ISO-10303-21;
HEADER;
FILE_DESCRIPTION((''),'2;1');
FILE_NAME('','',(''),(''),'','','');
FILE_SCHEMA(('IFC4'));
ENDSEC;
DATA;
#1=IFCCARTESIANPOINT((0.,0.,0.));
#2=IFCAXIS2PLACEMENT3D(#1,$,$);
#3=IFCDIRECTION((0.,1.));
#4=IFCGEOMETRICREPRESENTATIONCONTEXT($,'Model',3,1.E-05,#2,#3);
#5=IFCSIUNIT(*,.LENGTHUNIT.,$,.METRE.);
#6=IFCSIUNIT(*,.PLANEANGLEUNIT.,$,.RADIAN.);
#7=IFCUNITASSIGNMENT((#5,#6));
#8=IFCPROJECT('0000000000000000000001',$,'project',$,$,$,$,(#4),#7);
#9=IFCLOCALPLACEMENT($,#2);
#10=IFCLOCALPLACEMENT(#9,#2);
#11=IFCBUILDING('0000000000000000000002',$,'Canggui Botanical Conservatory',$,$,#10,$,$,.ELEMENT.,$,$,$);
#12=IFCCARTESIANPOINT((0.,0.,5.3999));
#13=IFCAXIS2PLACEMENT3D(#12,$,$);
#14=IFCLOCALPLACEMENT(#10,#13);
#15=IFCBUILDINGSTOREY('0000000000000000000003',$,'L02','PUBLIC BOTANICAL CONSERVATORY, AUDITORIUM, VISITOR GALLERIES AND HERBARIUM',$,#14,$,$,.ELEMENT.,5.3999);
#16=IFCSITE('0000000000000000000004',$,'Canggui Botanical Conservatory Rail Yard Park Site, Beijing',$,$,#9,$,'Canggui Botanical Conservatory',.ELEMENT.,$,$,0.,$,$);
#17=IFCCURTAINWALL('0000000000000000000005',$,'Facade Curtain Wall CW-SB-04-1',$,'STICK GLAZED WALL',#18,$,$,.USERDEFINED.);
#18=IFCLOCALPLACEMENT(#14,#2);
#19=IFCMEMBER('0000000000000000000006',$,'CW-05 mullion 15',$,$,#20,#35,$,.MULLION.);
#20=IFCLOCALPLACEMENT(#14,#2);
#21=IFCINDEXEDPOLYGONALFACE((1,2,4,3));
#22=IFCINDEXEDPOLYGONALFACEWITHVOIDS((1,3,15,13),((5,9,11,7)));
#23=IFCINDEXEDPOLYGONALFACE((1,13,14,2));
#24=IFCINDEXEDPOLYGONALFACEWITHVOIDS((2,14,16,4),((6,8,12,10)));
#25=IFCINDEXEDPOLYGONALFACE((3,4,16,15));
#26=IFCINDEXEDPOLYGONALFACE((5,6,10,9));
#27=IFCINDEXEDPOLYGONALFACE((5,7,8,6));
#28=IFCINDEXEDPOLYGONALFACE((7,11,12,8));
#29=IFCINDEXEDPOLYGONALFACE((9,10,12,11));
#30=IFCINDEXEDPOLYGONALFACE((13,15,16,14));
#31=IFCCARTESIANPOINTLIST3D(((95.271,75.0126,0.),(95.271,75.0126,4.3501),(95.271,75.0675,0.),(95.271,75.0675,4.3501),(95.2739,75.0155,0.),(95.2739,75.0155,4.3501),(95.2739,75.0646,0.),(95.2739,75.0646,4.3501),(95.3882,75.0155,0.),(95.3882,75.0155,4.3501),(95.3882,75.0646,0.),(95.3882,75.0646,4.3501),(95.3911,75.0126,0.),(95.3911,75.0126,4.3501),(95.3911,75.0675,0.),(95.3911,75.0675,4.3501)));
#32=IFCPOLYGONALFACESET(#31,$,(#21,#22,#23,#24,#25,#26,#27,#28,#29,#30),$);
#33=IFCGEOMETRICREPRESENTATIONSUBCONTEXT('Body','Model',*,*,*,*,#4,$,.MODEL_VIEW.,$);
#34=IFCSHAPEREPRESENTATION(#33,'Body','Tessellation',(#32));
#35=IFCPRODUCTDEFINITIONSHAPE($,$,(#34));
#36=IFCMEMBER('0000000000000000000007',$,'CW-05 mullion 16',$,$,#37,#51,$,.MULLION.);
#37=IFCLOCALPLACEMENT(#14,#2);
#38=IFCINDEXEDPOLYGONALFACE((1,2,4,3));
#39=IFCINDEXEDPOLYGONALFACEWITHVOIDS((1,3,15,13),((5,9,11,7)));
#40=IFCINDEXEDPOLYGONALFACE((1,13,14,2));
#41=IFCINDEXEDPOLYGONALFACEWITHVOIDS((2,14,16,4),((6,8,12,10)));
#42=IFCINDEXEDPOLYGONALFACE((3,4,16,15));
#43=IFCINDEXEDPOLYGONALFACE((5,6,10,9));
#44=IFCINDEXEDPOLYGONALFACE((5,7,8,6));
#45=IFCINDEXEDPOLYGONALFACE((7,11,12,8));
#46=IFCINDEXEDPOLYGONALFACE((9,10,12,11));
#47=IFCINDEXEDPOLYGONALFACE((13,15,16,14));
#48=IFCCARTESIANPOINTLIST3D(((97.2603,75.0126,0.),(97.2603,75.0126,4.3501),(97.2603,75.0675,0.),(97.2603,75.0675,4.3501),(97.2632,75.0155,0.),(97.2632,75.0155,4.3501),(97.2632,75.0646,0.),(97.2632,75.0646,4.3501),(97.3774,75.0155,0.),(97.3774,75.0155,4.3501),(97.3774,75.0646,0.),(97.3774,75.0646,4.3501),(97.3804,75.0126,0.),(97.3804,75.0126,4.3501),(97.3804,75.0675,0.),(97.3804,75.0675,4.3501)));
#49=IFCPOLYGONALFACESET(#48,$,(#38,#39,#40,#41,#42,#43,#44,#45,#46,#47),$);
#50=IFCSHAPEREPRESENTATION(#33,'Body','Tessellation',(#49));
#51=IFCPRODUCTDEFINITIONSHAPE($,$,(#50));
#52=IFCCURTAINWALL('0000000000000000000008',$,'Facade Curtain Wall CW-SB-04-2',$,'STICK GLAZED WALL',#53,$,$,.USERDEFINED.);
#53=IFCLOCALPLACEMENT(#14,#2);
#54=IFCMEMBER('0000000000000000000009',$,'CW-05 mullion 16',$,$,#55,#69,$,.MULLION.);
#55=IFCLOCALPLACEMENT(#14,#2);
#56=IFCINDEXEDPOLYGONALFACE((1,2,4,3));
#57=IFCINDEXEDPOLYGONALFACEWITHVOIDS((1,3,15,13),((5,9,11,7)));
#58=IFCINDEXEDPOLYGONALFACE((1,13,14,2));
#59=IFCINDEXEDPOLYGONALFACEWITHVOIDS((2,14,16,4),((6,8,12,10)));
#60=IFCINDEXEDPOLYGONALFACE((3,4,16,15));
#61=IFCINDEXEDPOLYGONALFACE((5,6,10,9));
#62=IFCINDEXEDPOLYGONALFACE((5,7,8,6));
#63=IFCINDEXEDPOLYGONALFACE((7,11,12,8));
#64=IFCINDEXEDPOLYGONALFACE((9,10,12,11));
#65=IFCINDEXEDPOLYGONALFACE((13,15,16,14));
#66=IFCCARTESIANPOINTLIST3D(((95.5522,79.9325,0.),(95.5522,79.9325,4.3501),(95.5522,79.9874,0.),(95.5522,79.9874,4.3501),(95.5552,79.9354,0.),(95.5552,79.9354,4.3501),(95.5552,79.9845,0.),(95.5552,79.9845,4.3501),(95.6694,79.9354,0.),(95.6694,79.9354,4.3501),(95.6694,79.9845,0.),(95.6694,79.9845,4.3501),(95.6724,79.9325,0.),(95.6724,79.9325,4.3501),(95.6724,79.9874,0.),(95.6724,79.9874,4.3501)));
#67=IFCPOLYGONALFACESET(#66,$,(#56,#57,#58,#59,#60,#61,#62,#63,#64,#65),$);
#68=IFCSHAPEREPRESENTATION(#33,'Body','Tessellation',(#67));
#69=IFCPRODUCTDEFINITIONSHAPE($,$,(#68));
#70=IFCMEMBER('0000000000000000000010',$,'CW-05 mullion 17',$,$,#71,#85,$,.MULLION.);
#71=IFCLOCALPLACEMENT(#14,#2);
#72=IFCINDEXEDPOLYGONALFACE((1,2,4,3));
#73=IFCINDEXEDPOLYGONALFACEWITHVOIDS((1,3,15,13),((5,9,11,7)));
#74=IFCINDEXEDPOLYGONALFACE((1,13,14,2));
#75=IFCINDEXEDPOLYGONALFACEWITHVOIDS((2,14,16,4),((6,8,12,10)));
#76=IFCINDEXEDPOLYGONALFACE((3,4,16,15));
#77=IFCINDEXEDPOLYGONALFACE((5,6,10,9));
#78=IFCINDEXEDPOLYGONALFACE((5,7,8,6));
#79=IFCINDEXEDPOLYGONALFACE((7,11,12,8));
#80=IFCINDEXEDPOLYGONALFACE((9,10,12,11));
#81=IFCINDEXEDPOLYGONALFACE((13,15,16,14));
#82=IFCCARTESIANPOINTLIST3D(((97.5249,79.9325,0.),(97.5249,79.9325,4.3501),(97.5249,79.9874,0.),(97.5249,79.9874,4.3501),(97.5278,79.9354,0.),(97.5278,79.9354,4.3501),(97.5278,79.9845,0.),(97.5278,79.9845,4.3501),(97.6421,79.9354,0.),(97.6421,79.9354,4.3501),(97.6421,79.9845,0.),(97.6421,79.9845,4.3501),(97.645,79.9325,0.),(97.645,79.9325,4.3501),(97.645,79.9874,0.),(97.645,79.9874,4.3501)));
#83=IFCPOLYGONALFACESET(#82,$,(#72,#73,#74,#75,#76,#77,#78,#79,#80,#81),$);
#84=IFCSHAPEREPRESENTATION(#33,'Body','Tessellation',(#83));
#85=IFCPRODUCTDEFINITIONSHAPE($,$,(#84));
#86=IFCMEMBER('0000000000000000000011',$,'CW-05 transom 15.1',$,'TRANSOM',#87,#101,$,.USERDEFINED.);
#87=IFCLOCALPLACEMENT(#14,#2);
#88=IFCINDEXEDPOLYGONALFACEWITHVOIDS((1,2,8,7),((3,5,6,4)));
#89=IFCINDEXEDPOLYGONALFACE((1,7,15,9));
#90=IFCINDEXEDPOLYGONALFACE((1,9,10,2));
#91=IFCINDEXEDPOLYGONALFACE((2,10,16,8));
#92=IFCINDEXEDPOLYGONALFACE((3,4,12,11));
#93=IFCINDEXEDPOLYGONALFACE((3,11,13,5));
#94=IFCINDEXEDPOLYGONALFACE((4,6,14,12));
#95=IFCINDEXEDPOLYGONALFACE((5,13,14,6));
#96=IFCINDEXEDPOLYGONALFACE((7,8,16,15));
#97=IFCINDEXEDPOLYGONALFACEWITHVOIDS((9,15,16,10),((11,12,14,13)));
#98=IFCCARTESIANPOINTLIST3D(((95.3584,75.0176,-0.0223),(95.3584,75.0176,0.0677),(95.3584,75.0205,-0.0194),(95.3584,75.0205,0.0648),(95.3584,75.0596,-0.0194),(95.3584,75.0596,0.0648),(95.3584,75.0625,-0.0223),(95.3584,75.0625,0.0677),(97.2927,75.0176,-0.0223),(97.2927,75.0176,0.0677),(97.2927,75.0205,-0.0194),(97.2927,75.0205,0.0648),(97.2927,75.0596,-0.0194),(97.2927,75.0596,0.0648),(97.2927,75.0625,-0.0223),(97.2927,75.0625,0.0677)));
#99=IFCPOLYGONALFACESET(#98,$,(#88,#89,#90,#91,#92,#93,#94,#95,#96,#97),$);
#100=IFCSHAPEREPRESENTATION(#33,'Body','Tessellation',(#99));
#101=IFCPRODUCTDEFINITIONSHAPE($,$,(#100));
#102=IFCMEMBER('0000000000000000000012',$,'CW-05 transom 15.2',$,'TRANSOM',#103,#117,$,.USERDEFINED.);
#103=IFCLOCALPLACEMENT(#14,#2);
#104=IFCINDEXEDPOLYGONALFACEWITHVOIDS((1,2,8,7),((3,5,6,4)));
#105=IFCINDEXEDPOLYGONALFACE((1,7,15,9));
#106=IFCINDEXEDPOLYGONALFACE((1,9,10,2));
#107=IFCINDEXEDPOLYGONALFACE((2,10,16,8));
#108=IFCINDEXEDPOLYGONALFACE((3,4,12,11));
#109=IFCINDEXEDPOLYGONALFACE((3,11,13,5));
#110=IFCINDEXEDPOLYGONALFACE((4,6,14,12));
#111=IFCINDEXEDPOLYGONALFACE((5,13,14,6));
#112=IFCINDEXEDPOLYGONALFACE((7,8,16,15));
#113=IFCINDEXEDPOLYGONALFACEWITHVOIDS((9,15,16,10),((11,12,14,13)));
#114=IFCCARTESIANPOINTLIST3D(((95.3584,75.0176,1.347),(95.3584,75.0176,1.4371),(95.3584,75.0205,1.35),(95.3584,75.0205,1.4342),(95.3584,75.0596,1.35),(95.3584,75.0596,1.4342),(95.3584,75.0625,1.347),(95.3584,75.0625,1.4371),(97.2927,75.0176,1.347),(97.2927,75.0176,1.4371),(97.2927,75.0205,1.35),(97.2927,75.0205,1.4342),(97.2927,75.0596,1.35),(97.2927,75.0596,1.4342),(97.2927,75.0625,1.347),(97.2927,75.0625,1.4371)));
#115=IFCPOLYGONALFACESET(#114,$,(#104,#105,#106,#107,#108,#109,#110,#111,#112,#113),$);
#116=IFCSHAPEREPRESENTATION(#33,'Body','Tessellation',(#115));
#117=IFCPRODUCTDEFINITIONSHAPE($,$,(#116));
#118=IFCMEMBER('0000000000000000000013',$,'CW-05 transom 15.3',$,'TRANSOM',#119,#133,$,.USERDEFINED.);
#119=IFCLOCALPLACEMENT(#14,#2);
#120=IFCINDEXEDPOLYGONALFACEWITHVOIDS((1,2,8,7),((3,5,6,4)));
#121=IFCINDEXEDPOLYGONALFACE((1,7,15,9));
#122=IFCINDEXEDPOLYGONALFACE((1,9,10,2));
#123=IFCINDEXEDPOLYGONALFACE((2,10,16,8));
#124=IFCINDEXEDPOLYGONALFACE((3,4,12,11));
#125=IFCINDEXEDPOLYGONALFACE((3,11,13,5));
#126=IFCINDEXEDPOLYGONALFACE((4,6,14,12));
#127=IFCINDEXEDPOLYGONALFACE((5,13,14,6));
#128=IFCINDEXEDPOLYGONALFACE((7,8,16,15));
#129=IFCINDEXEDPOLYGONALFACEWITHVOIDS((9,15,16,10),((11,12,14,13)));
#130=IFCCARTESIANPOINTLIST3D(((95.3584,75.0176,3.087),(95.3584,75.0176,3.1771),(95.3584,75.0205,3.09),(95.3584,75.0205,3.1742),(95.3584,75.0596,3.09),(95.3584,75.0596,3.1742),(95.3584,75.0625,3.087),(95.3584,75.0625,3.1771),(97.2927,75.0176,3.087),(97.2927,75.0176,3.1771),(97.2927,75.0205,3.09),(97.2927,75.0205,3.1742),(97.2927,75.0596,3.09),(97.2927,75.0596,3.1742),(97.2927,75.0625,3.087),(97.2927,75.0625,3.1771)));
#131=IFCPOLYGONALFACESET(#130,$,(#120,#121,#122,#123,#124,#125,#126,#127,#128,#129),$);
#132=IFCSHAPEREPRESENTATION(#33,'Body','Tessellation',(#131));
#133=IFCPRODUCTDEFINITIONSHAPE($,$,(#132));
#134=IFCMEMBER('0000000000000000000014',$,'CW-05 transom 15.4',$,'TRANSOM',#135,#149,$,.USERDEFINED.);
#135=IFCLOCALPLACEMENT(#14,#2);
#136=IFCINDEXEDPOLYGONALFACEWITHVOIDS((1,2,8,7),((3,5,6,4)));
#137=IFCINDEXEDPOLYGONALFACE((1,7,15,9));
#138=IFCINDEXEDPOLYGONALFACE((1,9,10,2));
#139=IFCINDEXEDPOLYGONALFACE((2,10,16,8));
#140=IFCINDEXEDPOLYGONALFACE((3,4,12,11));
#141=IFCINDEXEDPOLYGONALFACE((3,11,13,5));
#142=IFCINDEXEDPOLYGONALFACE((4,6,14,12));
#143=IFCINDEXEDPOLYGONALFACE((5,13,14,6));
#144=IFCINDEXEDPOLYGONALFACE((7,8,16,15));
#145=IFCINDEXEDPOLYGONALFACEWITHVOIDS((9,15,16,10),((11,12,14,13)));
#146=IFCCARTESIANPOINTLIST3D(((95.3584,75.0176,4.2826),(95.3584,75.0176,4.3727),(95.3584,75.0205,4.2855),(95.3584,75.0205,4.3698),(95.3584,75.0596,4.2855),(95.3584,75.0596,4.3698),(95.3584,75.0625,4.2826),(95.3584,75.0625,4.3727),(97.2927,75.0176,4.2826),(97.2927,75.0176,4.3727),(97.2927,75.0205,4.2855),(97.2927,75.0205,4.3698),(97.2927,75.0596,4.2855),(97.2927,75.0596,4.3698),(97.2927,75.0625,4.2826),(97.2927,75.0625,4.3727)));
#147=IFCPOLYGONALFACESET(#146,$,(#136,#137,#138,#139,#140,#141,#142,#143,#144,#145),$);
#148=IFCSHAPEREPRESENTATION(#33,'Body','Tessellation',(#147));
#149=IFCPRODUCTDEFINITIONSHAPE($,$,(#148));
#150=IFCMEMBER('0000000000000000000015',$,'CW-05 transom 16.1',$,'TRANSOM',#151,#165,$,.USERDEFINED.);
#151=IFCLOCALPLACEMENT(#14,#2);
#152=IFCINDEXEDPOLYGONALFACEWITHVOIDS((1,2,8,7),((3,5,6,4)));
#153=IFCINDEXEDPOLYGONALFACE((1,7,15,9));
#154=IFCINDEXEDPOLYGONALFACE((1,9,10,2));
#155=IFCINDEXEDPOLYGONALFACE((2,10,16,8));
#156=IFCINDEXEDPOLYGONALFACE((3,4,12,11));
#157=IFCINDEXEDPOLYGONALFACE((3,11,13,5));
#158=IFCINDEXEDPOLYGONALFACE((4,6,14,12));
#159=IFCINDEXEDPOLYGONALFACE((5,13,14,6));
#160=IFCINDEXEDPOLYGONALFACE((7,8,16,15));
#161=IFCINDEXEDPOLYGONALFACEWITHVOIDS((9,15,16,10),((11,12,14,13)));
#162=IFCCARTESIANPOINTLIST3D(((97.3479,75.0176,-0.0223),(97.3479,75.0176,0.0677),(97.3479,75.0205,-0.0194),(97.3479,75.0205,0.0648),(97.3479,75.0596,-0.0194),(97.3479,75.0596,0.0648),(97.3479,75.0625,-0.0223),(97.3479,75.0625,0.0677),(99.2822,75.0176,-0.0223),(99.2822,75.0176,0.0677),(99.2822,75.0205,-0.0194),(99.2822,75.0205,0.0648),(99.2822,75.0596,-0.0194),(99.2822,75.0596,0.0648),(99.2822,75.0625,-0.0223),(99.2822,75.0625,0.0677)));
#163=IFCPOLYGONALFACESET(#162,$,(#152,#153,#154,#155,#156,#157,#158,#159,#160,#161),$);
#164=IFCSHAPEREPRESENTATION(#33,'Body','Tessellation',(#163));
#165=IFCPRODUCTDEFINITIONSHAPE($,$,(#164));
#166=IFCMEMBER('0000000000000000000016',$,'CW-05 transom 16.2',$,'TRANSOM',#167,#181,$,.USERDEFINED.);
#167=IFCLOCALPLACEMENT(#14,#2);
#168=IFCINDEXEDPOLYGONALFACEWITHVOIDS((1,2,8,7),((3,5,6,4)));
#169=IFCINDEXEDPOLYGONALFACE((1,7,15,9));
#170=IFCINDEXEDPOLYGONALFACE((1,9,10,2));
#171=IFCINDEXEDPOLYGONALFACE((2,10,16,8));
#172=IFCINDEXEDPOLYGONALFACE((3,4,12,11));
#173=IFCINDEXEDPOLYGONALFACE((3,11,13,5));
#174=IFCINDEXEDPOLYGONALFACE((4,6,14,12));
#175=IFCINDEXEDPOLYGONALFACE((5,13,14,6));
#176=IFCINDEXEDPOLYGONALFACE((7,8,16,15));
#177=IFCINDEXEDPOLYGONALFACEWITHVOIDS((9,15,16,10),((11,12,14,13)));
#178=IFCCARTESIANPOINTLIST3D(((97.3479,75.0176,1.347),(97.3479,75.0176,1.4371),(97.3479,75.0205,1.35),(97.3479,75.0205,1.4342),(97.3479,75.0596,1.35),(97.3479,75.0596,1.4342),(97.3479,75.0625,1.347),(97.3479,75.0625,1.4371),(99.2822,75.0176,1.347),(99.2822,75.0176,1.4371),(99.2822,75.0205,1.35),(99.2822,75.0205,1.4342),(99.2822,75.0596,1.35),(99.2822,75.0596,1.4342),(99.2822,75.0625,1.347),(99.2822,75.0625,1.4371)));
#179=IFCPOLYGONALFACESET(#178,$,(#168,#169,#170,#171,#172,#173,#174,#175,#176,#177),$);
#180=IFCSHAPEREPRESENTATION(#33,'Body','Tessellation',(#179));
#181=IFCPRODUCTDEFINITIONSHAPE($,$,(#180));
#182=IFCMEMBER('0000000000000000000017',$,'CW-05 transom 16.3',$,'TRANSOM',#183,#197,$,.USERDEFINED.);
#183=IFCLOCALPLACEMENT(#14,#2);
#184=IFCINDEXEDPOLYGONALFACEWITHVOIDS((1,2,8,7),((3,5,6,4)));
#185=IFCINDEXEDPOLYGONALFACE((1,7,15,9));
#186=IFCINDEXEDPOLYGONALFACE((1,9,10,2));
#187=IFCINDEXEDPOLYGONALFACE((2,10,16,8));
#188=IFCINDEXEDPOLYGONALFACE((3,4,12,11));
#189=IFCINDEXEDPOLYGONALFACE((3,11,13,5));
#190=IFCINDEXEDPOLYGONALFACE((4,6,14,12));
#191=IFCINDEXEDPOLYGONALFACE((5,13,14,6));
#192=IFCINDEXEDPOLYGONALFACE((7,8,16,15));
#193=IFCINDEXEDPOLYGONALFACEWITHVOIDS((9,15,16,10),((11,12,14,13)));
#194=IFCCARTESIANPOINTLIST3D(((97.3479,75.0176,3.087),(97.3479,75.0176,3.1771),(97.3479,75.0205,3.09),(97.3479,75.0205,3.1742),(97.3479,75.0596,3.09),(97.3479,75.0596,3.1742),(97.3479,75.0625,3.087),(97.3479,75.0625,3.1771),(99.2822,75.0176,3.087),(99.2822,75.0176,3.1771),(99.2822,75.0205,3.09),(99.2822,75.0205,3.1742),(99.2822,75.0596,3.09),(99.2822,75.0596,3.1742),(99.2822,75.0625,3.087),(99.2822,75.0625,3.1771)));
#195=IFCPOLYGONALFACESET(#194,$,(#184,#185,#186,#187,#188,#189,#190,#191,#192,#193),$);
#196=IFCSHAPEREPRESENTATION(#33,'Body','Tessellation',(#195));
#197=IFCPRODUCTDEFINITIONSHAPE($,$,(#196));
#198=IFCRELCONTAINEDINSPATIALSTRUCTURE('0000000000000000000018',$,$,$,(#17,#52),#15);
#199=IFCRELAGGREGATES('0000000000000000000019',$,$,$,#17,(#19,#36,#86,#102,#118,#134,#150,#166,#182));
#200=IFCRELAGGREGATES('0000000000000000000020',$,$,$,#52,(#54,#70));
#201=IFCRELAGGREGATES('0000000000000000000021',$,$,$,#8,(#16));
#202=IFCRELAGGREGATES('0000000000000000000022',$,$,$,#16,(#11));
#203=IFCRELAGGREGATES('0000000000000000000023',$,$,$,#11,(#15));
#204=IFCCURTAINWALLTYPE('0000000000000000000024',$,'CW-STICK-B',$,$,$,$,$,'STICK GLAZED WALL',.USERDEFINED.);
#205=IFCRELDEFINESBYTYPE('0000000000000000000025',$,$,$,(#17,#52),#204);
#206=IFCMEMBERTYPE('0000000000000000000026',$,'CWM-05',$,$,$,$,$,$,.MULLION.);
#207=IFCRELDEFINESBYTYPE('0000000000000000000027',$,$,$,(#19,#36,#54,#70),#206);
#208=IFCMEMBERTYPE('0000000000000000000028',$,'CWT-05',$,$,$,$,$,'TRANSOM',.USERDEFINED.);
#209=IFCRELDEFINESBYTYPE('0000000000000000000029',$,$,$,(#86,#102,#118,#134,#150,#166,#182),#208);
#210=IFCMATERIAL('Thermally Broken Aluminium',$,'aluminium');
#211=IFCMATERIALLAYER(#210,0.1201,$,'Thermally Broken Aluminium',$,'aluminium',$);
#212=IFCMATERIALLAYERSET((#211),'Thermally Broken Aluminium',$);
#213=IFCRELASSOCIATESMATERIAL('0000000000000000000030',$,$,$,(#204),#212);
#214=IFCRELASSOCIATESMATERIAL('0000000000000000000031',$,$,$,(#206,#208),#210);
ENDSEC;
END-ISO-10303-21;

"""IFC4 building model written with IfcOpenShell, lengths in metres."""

from ifc_helpers import new_model, si_unit, direction, frame, origin, origin_2d, place, context, subcontext, project, spatial, hollow_rectangle, extrude, material, layer, layer_set, material_profile, profile_set, type_object, element, aggregate, save


model = new_model("IFC4")

# Units and contexts
model_context = context("Model", 3, precision=1e-05, world=origin(), true_north=direction((0.0, 1.0)))
body_context = subcontext(model_context, "Body", "Model", "MODEL_VIEW")
ifc_project = project(units=[si_unit("LENGTHUNIT", "METRE"), si_unit("PLANEANGLEUNIT", "RADIAN")], contexts=[model_context])

# Site, building, storey
site_placement = place(None, origin())
site = spatial("IfcSite", under=ifc_project, at=site_placement, Name="Canggui Botanical Conservatory Rail Yard Park Site, Beijing", LongName="Canggui Botanical Conservatory", CompositionType="ELEMENT", RefElevation=0.0)
building_placement = place(site_placement, origin())
building = spatial("IfcBuilding", under=site, at=building_placement, Name="Canggui Botanical Conservatory", CompositionType="ELEMENT")
storey_placement = place(building_placement, frame((0.0, 0.0, 5.3999)))
storey = spatial("IfcBuildingStorey", under=building, at=storey_placement, Name="L02", Description="PUBLIC BOTANICAL CONSERVATORY, AUDITORIUM, VISITOR GALLERIES AND HERBARIUM", CompositionType="ELEMENT", Elevation=5.3999)

# Curtain walls, members
ifc_material_1 = material(Name="Thermally Broken Aluminium", Category="aluminium")
ifc_layer_1 = layer(ifc_material_1, 0.1201, Name="Thermally Broken Aluminium", Category="aluminium")
ifc_layer_set_1 = layer_set([ifc_layer_1], Name="Thermally Broken Aluminium")
curtain_wall_type = type_object("IfcCurtainWallType", Name="CW-STICK-B", ElementType="STICK GLAZED WALL", PredefinedType="USERDEFINED", material=ifc_layer_set_1)
curtain_wall_1_placement = place(storey_placement, origin())
curtain_wall_1 = element("IfcCurtainWall", 1, at=curtain_wall_1_placement, inside=storey, type_object=curtain_wall_type, Name="Facade Curtain Wall CW-SB-04-1", ObjectType="STICK GLAZED WALL", PredefinedType="USERDEFINED")
ifc_material_profile_1 = material_profile(ifc_material_1, hollow_rectangle(XDim=0.0549, YDim=0.1201, WallThickness=0.0029, at=origin_2d()), Name="CWM 55x120x3")
ifc_profile_set_1 = profile_set([ifc_material_profile_1], Name="Thermally Broken Aluminium")
member_type_1 = type_object("IfcMemberType", Name="CWM-05", PredefinedType="MULLION", material=ifc_profile_set_1)
member_1_placement = place(storey_placement, frame((95.3311, 75.04, 0.0), z_axis=(0.0, 0.0, 1.0), x_axis=(0.0, 1.0, 0.0)))
member_1 = element("IfcMember", 2, at=member_1_placement, type_object=member_type_1, Name="CW-05 mullion 15", PredefinedType="MULLION", context=body_context, shape_type="SweptSolid", body=[
    extrude(hollow_rectangle(XDim=0.0549, YDim=0.1201, WallThickness=0.0029, at=origin_2d()), origin(), (0.0, 0.0, 1.0), 4.3501),
])
member_2_placement = place(storey_placement, frame((97.3203, 75.04, 0.0), z_axis=(0.0, 0.0, 1.0), x_axis=(0.0, 1.0, 0.0)))
member_2 = element("IfcMember", 3, at=member_2_placement, type_object=member_type_1, Name="CW-05 mullion 16", PredefinedType="MULLION", context=body_context, shape_type="SweptSolid", body=[
    extrude(hollow_rectangle(XDim=0.0549, YDim=0.1201, WallThickness=0.0029, at=origin_2d()), origin(), (0.0, 0.0, 1.0), 4.3501),
])
curtain_wall_2_placement = place(storey_placement, origin())
curtain_wall_2 = element("IfcCurtainWall", 4, at=curtain_wall_2_placement, inside=storey, type_object=curtain_wall_type, Name="Facade Curtain Wall CW-SB-04-2", ObjectType="STICK GLAZED WALL", PredefinedType="USERDEFINED")
member_3_placement = place(storey_placement, frame((95.6123, 79.96, 0.0), z_axis=(0.0, 0.0, 1.0), x_axis=(0.0, 1.0, 0.0)))
member_3 = element("IfcMember", 5, at=member_3_placement, type_object=member_type_1, Name="CW-05 mullion 16", PredefinedType="MULLION", context=body_context, shape_type="SweptSolid", body=[
    extrude(hollow_rectangle(XDim=0.0549, YDim=0.1201, WallThickness=0.0029, at=origin_2d()), origin(), (0.0, 0.0, 1.0), 4.3501),
])
member_4_placement = place(storey_placement, frame((97.585, 79.96, 0.0), z_axis=(0.0, 0.0, 1.0), x_axis=(0.0, 1.0, 0.0)))
member_4 = element("IfcMember", 6, at=member_4_placement, type_object=member_type_1, Name="CW-05 mullion 17", PredefinedType="MULLION", context=body_context, shape_type="SweptSolid", body=[
    extrude(hollow_rectangle(XDim=0.0549, YDim=0.1201, WallThickness=0.0029, at=origin_2d()), origin(), (0.0, 0.0, 1.0), 4.3501),
])

# Members
ifc_material_profile_2 = material_profile(ifc_material_1, hollow_rectangle(XDim=0.0449, YDim=0.0901, WallThickness=0.0029, at=origin_2d()), Name="CWT 45x90x3")
ifc_profile_set_2 = profile_set([ifc_material_profile_2], Name="Thermally Broken Aluminium")
member_type_2 = type_object("IfcMemberType", Name="CWT-05", ElementType="TRANSOM", PredefinedType="USERDEFINED", material=ifc_profile_set_2)
member_5_placement = place(storey_placement, frame((95.3584, 75.04, 0.0227), z_axis=(1.0, 0.0, 0.0), x_axis=(0.0, 1.0, 0.0)))
member_5 = element("IfcMember", 7, at=member_5_placement, type_object=member_type_2, Name="CW-05 transom 15.1", ObjectType="TRANSOM", PredefinedType="USERDEFINED", context=body_context, shape_type="SweptSolid", body=[
    extrude(hollow_rectangle(XDim=0.0449, YDim=0.0901, WallThickness=0.0029, at=origin_2d()), origin(), (0.0, 0.0, 1.0), 1.9343),
])
member_6_placement = place(storey_placement, frame((95.3584, 75.04, 1.3921), z_axis=(1.0, 0.0, 0.0), x_axis=(0.0, 1.0, 0.0)))
member_6 = element("IfcMember", 8, at=member_6_placement, type_object=member_type_2, Name="CW-05 transom 15.2", ObjectType="TRANSOM", PredefinedType="USERDEFINED", context=body_context, shape_type="SweptSolid", body=[
    extrude(hollow_rectangle(XDim=0.0449, YDim=0.0901, WallThickness=0.0029, at=origin_2d()), origin(), (0.0, 0.0, 1.0), 1.9343),
])
member_7_placement = place(storey_placement, frame((95.3584, 75.04, 3.1321), z_axis=(1.0, 0.0, 0.0), x_axis=(0.0, 1.0, 0.0)))
member_7 = element("IfcMember", 9, at=member_7_placement, type_object=member_type_2, Name="CW-05 transom 15.3", ObjectType="TRANSOM", PredefinedType="USERDEFINED", context=body_context, shape_type="SweptSolid", body=[
    extrude(hollow_rectangle(XDim=0.0449, YDim=0.0901, WallThickness=0.0029, at=origin_2d()), origin(), (0.0, 0.0, 1.0), 1.9343),
])
member_8_placement = place(storey_placement, frame((95.3584, 75.04, 4.3276), z_axis=(1.0, 0.0, 0.0), x_axis=(0.0, 1.0, 0.0)))
member_8 = element("IfcMember", 10, at=member_8_placement, type_object=member_type_2, Name="CW-05 transom 15.4", ObjectType="TRANSOM", PredefinedType="USERDEFINED", context=body_context, shape_type="SweptSolid", body=[
    extrude(hollow_rectangle(XDim=0.0449, YDim=0.0901, WallThickness=0.0029, at=origin_2d()), origin(), (0.0, 0.0, 1.0), 1.9343),
])
member_9_placement = place(storey_placement, frame((97.3479, 75.04, 0.0227), z_axis=(1.0, 0.0, 0.0), x_axis=(0.0, 1.0, 0.0)))
member_9 = element("IfcMember", 11, at=member_9_placement, type_object=member_type_2, Name="CW-05 transom 16.1", ObjectType="TRANSOM", PredefinedType="USERDEFINED", context=body_context, shape_type="SweptSolid", body=[
    extrude(hollow_rectangle(XDim=0.0449, YDim=0.0901, WallThickness=0.0029, at=origin_2d()), origin(), (0.0, 0.0, 1.0), 1.9343),
])
member_10_placement = place(storey_placement, frame((97.3479, 75.04, 1.3921), z_axis=(1.0, 0.0, 0.0), x_axis=(0.0, 1.0, 0.0)))
member_10 = element("IfcMember", 12, at=member_10_placement, type_object=member_type_2, Name="CW-05 transom 16.2", ObjectType="TRANSOM", PredefinedType="USERDEFINED", context=body_context, shape_type="SweptSolid", body=[
    extrude(hollow_rectangle(XDim=0.0449, YDim=0.0901, WallThickness=0.0029, at=origin_2d()), origin(), (0.0, 0.0, 1.0), 1.9343),
])
member_11_placement = place(storey_placement, frame((97.3479, 75.04, 3.1321), z_axis=(1.0, 0.0, 0.0), x_axis=(0.0, 1.0, 0.0)))
member_11 = element("IfcMember", 13, at=member_11_placement, type_object=member_type_2, Name="CW-05 transom 16.3", ObjectType="TRANSOM", PredefinedType="USERDEFINED", context=body_context, shape_type="SweptSolid", body=[
    extrude(hollow_rectangle(XDim=0.0449, YDim=0.0901, WallThickness=0.0029, at=origin_2d()), origin(), (0.0, 0.0, 1.0), 1.9343),
])

aggregate(curtain_wall_1, [member_1, member_2, member_5, member_6, member_7, member_8, member_9, member_10, member_11])
aggregate(curtain_wall_2, [member_3, member_4])

save(model, "model.ifc")
